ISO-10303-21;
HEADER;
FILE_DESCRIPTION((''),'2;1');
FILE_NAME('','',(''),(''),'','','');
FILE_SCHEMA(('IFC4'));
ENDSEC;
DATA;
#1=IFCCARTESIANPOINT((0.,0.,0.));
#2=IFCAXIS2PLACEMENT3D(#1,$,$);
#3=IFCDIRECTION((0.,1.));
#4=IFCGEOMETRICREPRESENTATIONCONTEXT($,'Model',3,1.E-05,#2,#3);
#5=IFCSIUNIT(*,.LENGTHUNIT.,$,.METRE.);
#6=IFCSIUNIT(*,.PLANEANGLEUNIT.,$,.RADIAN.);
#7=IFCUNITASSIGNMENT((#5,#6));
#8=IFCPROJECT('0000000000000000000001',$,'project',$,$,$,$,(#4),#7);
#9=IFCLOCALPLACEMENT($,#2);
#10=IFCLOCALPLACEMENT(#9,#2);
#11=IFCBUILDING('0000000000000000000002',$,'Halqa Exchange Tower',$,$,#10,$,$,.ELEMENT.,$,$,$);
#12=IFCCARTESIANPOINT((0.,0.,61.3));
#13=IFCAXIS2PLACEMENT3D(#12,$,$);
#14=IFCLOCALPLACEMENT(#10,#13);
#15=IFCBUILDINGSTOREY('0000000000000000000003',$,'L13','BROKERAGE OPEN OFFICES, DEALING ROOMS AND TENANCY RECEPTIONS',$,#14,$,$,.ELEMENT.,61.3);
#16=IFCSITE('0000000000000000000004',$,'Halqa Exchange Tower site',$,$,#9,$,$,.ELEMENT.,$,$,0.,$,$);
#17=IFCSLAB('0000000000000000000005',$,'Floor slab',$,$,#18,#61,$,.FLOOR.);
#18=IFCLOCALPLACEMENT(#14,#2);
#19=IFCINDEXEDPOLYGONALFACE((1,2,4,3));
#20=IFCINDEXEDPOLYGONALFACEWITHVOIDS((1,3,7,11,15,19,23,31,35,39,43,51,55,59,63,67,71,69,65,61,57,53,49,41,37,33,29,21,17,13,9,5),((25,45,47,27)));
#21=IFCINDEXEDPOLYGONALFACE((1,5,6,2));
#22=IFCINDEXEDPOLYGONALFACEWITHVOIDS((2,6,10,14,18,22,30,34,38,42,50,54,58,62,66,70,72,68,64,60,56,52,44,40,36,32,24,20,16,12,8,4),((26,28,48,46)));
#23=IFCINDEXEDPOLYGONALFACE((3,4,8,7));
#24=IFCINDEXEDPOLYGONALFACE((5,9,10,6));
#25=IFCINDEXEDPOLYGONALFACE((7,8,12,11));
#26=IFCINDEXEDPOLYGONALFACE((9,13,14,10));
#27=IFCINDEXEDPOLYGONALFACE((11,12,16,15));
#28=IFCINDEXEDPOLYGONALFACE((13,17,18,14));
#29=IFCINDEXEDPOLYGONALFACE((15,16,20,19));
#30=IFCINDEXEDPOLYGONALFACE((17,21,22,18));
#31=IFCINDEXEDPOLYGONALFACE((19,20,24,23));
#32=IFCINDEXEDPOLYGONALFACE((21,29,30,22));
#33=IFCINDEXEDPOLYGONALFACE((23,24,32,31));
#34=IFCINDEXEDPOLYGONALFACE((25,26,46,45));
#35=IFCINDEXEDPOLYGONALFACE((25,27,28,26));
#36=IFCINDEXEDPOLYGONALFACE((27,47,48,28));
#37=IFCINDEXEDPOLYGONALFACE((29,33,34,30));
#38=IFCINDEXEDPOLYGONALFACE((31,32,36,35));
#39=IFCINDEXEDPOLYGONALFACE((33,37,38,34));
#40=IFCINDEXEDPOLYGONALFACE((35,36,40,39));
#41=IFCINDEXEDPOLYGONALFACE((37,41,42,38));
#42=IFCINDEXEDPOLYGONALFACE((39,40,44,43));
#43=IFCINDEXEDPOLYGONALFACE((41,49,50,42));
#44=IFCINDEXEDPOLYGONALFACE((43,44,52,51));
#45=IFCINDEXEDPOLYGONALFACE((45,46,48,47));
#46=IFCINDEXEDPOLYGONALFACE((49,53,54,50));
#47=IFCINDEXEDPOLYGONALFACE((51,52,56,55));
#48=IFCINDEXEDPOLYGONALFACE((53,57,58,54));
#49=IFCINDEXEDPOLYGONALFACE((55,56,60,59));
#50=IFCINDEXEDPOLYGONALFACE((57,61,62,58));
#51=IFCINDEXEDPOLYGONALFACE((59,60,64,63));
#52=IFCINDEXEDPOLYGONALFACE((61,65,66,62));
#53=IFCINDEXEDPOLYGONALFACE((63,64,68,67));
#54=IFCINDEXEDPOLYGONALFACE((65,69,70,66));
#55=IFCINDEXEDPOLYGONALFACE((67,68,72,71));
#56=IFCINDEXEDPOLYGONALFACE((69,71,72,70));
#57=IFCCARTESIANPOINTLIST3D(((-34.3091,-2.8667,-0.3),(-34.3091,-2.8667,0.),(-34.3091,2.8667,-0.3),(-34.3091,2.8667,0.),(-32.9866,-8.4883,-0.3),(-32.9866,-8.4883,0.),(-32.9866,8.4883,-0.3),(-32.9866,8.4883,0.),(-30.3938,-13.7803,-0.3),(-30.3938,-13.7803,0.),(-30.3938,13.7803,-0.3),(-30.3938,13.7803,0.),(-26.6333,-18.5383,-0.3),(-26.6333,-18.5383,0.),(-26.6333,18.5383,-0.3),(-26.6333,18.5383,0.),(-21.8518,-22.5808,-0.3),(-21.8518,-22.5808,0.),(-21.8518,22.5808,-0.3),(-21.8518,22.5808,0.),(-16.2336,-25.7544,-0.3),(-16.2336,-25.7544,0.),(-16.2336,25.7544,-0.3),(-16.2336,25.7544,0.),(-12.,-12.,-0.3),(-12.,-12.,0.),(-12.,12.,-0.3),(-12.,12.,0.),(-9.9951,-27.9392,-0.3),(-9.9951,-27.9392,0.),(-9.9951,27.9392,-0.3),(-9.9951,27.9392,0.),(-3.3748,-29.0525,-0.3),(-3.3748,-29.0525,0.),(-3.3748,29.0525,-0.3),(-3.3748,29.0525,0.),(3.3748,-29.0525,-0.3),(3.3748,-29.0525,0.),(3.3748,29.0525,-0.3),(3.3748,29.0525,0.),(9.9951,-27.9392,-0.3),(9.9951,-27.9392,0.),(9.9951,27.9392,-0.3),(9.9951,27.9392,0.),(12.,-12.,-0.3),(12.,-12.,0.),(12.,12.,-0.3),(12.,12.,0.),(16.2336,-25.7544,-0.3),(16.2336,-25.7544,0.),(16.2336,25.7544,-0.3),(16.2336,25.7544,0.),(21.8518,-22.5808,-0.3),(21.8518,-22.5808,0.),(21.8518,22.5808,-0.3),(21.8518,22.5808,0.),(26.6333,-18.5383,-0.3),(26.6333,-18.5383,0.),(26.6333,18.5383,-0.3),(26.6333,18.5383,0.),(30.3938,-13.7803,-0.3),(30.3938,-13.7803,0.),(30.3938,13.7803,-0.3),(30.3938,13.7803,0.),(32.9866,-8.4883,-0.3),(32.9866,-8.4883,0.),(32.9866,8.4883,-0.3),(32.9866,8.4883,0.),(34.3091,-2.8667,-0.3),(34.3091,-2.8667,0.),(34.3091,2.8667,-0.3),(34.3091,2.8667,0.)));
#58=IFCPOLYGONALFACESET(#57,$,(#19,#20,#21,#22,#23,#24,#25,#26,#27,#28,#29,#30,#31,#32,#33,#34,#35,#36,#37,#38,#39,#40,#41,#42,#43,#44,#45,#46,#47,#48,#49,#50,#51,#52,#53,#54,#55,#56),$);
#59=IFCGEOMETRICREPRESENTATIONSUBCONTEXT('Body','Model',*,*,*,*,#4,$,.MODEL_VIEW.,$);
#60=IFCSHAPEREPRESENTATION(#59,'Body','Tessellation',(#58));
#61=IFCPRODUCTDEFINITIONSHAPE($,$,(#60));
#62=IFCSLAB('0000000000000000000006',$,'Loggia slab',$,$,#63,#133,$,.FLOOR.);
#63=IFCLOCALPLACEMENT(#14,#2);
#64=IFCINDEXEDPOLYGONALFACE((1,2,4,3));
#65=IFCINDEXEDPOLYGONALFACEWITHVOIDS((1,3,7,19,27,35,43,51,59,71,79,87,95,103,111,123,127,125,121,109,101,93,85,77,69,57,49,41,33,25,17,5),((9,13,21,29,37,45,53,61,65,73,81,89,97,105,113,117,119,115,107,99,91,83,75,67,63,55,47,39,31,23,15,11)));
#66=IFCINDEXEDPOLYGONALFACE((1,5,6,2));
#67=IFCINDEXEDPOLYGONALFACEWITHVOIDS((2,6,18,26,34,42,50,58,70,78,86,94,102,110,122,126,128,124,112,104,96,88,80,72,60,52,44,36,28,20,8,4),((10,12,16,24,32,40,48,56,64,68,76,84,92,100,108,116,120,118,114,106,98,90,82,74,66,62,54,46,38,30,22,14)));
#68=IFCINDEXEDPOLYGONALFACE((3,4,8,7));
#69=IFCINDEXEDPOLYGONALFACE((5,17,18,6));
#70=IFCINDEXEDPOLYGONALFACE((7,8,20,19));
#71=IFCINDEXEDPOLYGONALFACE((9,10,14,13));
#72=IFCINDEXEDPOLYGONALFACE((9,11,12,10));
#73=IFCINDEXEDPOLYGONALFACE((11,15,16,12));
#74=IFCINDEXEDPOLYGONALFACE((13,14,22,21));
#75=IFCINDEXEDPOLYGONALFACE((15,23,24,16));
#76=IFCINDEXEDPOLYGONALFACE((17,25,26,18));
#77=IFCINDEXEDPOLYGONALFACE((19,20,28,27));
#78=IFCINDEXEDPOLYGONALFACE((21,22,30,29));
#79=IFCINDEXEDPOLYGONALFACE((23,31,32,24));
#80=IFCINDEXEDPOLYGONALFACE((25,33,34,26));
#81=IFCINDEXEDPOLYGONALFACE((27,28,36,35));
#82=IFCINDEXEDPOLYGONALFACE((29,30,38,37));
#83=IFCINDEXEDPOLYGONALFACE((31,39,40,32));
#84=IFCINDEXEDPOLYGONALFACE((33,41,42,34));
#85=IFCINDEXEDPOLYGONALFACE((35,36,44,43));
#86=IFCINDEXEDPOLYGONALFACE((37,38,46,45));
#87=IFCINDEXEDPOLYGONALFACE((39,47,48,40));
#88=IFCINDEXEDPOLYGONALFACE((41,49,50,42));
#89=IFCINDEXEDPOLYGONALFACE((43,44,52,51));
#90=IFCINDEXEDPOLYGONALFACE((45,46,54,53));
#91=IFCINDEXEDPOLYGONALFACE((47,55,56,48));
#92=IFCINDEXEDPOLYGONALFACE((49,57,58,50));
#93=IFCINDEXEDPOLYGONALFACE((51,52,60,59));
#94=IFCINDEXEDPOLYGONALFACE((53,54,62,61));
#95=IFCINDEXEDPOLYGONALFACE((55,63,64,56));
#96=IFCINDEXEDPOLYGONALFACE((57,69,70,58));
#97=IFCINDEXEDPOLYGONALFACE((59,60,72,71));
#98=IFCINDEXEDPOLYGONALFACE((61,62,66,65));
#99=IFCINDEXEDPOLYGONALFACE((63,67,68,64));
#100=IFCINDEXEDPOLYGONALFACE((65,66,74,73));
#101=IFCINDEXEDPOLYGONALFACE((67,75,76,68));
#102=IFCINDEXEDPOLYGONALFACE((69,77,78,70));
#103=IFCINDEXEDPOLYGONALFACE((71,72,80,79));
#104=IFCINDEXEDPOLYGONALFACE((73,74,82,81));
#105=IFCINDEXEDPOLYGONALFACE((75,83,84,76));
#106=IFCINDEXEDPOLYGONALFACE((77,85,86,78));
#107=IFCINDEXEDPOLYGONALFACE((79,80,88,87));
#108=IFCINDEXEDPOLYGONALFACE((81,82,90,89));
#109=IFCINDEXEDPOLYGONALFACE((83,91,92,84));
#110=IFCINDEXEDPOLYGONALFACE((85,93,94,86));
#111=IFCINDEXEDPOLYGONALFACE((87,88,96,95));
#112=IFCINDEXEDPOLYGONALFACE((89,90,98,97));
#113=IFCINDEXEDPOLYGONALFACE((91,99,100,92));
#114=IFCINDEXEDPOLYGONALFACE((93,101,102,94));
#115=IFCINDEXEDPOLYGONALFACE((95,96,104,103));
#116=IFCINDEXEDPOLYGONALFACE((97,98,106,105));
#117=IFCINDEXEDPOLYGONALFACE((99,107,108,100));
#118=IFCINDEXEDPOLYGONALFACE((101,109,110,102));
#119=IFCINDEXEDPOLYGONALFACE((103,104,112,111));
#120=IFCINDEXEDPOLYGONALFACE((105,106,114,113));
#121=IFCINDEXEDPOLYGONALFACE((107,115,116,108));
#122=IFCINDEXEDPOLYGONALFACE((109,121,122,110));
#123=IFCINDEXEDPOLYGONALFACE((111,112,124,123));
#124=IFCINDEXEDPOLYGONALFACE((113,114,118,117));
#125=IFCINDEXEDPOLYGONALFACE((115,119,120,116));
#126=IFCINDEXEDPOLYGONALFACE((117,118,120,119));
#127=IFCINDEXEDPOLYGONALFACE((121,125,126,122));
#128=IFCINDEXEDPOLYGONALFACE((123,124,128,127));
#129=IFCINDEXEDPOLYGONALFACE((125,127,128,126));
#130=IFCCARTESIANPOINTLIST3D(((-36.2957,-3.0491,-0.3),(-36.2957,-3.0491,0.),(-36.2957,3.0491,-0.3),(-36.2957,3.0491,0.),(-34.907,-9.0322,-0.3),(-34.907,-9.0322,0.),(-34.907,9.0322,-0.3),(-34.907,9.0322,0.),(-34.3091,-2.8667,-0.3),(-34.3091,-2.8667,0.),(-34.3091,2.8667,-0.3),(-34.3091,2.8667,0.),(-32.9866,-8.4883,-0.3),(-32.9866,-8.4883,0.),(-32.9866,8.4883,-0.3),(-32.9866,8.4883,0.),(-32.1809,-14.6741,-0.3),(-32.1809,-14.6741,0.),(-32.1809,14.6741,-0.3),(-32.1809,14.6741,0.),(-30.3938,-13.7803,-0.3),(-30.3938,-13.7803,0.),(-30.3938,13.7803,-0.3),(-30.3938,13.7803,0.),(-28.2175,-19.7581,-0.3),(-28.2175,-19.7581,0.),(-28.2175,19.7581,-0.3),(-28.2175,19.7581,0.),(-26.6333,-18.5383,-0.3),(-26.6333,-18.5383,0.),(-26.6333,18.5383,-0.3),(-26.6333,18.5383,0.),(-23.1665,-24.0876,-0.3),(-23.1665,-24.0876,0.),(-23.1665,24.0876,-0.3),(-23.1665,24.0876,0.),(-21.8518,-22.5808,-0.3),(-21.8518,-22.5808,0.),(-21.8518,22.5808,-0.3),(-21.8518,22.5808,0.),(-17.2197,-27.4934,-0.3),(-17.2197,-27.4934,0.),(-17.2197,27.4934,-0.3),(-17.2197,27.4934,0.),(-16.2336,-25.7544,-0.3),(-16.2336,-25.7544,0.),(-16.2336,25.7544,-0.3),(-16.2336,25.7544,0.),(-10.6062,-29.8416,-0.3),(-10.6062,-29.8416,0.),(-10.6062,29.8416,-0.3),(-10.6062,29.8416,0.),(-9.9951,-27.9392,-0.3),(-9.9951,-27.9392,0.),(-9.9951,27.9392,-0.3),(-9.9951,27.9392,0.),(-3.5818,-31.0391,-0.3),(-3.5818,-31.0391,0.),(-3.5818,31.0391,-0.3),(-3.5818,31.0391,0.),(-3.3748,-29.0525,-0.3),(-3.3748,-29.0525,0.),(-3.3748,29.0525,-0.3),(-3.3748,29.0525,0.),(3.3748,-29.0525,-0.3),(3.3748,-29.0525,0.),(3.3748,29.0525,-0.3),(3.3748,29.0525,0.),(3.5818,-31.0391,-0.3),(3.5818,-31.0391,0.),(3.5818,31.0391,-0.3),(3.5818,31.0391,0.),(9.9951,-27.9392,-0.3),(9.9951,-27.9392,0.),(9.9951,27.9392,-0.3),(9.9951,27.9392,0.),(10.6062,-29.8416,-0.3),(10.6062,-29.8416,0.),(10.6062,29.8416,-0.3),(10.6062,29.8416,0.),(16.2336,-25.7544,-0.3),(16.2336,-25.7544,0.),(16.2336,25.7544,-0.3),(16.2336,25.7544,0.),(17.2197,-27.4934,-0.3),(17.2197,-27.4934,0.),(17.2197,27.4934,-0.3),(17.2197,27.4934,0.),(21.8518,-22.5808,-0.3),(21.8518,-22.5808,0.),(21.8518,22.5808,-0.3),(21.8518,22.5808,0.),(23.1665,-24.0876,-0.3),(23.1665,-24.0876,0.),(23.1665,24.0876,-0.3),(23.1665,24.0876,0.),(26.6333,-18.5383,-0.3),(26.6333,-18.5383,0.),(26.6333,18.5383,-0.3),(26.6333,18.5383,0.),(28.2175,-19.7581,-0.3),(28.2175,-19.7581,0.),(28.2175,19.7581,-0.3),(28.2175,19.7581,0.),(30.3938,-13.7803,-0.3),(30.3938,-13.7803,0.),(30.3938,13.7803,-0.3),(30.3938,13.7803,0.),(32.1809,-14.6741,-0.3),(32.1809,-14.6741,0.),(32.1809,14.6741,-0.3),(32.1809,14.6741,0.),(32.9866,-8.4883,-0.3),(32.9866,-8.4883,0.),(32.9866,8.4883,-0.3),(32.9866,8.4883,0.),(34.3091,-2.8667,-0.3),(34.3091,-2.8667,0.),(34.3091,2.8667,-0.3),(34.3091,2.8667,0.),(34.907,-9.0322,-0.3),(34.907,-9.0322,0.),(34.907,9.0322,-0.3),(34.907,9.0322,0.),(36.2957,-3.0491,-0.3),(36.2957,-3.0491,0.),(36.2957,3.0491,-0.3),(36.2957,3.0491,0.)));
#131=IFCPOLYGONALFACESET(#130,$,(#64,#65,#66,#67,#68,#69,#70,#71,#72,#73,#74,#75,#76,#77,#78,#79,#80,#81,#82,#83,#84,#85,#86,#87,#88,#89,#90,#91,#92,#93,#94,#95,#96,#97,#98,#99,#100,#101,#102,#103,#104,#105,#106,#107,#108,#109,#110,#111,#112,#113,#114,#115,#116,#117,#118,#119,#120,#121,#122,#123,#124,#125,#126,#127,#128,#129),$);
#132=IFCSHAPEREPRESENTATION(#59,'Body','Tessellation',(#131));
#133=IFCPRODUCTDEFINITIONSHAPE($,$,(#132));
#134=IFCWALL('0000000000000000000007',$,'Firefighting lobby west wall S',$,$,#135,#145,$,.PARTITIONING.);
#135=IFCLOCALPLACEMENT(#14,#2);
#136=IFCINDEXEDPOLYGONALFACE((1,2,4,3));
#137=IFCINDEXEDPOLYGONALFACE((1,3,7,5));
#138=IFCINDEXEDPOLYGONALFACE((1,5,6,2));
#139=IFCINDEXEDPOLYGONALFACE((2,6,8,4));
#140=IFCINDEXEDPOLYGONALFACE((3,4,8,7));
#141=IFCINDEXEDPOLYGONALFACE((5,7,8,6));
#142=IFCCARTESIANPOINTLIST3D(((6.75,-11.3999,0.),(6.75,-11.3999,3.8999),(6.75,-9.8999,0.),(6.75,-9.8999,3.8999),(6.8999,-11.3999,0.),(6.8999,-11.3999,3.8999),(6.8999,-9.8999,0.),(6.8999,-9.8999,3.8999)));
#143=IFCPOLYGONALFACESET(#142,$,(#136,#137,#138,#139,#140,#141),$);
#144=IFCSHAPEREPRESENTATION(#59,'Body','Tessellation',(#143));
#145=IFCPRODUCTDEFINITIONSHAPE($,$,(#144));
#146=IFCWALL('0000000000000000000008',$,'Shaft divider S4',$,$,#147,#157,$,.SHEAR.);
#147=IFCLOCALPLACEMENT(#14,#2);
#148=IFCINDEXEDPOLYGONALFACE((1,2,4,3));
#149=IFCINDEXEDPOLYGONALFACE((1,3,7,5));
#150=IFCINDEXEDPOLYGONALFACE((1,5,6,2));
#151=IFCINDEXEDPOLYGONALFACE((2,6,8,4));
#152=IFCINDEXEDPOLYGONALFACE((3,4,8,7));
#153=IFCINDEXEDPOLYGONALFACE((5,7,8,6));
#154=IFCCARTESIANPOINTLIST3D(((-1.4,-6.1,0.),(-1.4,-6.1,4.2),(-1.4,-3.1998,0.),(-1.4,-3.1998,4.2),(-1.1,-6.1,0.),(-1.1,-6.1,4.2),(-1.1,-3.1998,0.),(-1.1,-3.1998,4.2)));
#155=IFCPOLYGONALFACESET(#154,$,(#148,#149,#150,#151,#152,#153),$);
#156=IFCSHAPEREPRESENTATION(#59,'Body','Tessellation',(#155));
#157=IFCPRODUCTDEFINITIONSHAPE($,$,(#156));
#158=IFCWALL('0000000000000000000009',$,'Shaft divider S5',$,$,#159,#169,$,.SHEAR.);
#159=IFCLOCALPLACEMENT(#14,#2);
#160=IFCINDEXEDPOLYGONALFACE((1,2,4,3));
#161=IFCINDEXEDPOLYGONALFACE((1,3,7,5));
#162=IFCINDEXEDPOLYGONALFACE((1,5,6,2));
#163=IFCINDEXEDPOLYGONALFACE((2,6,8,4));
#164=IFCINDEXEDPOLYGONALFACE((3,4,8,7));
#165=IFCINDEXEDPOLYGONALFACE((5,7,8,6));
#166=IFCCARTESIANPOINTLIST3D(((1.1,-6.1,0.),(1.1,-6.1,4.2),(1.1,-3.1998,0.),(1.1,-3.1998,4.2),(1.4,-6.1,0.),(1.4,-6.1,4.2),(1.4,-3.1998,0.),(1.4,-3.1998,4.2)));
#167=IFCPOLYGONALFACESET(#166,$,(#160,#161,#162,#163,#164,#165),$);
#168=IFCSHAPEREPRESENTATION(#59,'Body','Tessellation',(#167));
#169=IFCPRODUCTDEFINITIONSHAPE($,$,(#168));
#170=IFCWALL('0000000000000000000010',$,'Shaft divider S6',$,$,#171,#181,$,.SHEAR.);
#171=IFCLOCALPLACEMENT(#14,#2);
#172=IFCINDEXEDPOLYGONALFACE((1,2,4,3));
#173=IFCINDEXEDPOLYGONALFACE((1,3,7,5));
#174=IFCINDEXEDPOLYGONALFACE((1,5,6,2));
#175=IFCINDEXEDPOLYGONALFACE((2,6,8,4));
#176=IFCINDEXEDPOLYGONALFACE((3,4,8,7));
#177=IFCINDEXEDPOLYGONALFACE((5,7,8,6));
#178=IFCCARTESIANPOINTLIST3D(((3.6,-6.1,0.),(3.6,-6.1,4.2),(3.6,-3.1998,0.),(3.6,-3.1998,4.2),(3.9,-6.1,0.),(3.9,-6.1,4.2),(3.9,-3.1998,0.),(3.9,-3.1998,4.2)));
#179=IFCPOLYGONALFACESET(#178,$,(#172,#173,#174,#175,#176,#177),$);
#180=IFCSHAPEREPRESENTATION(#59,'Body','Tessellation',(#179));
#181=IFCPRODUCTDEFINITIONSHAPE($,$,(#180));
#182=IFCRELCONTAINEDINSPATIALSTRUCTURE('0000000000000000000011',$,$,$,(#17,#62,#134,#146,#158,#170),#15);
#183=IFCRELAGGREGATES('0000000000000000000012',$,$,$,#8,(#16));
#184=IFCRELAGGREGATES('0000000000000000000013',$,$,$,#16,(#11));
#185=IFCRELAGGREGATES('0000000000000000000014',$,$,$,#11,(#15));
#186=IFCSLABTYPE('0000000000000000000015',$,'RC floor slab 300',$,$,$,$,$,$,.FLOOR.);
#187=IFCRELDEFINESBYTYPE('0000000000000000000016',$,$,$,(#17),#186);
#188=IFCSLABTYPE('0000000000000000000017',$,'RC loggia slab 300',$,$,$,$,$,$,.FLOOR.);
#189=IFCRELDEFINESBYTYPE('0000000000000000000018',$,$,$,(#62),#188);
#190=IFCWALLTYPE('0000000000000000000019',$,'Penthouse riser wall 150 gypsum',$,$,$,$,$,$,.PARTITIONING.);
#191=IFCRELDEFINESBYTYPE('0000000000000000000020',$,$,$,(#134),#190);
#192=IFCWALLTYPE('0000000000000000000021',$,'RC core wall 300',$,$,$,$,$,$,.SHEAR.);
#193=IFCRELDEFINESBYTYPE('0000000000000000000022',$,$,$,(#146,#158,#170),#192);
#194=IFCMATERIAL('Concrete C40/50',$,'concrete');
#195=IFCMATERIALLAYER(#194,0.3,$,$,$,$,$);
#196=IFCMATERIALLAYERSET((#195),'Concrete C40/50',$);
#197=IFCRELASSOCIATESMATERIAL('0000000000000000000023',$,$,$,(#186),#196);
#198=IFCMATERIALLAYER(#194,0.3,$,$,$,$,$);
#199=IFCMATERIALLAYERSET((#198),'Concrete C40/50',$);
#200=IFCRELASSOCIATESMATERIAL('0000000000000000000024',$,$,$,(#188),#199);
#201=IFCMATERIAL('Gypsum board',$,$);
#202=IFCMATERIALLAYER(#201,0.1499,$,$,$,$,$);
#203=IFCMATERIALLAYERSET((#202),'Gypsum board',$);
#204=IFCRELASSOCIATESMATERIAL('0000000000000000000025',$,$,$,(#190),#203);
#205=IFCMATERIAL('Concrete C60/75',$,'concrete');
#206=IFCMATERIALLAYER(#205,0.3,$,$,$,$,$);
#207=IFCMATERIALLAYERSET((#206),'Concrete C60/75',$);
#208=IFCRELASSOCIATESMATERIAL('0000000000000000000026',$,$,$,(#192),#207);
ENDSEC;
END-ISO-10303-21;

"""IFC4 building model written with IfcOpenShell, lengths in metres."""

from ifc_helpers import new_model, si_unit, direction, frame, frame_2d, origin, place, context, subcontext, project, spatial, polyline, rectangle, outline, extrude, material, layer, layer_set, type_object, element, save


model = new_model("IFC4")

# Units and contexts
model_context = context("Model", 3, precision=1e-05, world=origin(), true_north=direction((0.0, 1.0)))
body_context = subcontext(model_context, "Body", "Model", "MODEL_VIEW")
ifc_project = project(units=[si_unit("LENGTHUNIT", "METRE"), si_unit("PLANEANGLEUNIT", "RADIAN")], contexts=[model_context])

# Site, building, storey
site_placement = place(None, origin())
site = spatial("IfcSite", under=ifc_project, at=site_placement, Name="Halqa Exchange Tower site", CompositionType="ELEMENT", RefElevation=0.0)
building_placement = place(site_placement, origin())
building = spatial("IfcBuilding", under=site, at=building_placement, Name="Halqa Exchange Tower", CompositionType="ELEMENT")
storey_placement = place(building_placement, frame((0.0, 0.0, 61.3)))
storey = spatial("IfcBuildingStorey", under=building, at=storey_placement, Name="L13", Description="BROKERAGE OPEN OFFICES, DEALING ROOMS AND TENANCY RECEPTIONS", CompositionType="ELEMENT", Elevation=61.3)

# Shared definitions
ifc_material_1 = material(Name="Concrete C60/75", Category="concrete")

# Slabs
ifc_material_2 = material(Name="Concrete C40/50", Category="concrete")
ifc_layer_1 = layer(ifc_material_2, 0.3)
ifc_layer_set_1 = layer_set([ifc_layer_1], Name="Concrete C40/50")
slab_type_1 = type_object("IfcSlabType", Name="RC floor slab 300", PredefinedType="FLOOR", material=ifc_layer_set_1)
slab_1_placement = place(storey_placement, frame((0.0, 0.0, -0.3)))
element("IfcSlab", 1, at=slab_1_placement, inside=storey, type_object=slab_type_1, Name="Floor slab", PredefinedType="FLOOR", context=body_context, shape_type="SweptSolid", body=[
    extrude(outline(polyline([(34.3091, 2.8667), (32.9866, 8.4883), (30.3938, 13.7803), (26.6333, 18.5383), (21.8518, 22.5808), (16.2336, 25.7544), (9.9951, 27.9392), (3.3748, 29.0525), (-3.3748, 29.0525), (-9.9951, 27.9392), (-16.2336, 25.7544), (-21.8518, 22.5808), (-26.6333, 18.5383), (-30.3938, 13.7803), (-32.9866, 8.4883), (-34.3091, 2.8667), (-34.3091, -2.8667), (-32.9866, -8.4883), (-30.3938, -13.7803), (-26.6333, -18.5383), (-21.8518, -22.5808), (-16.2336, -25.7544), (-9.9951, -27.9392), (-3.3748, -29.0525), (3.3748, -29.0525), (9.9951, -27.9392), (16.2336, -25.7544), (21.8518, -22.5808), (26.6333, -18.5383), (30.3938, -13.7803), (32.9866, -8.4883), (34.3091, -2.8667), (34.3091, 2.8667)]), holes=[polyline([(-12.0, -12.0), (12.0, -12.0), (12.0, 12.0), (-12.0, 12.0), (-12.0, -12.0)])]), origin(), (0.0, 0.0, 1.0), 0.3),
])
ifc_layer_2 = layer(ifc_material_2, 0.3)
ifc_layer_set_2 = layer_set([ifc_layer_2], Name="Concrete C40/50")
slab_type_2 = type_object("IfcSlabType", Name="RC loggia slab 300", PredefinedType="FLOOR", material=ifc_layer_set_2)
slab_2_placement = place(storey_placement, frame((0.0, 0.0, -0.3)))
element("IfcSlab", 2, at=slab_2_placement, inside=storey, type_object=slab_type_2, Name="Loggia slab", PredefinedType="FLOOR", context=body_context, shape_type="SweptSolid", body=[
    extrude(outline(polyline([(36.2957, 3.0491), (36.2957, -3.0491), (34.907, -9.0322), (32.1809, -14.6741), (28.2175, -19.7581), (23.1665, -24.0876), (17.2197, -27.4934), (10.6062, -29.8416), (3.5818, -31.0391), (-3.5818, -31.0391), (-10.6062, -29.8416), (-17.2197, -27.4934), (-23.1665, -24.0876), (-28.2175, -19.7581), (-32.1809, -14.6741), (-34.907, -9.0322), (-36.2957, -3.0491), (-36.2957, 3.0491), (-34.907, 9.0322), (-32.1809, 14.6741), (-28.2175, 19.7581), (-23.1665, 24.0876), (-17.2197, 27.4934), (-10.6062, 29.8416), (-3.5818, 31.0391), (3.5818, 31.0391), (10.6062, 29.8416), (17.2197, 27.4934), (23.1665, 24.0876), (28.2175, 19.7581), (32.1809, 14.6741), (34.907, 9.0322), (36.2957, 3.0491)]), holes=[polyline([(34.3091, 2.8667), (32.9866, 8.4883), (30.3938, 13.7803), (26.6333, 18.5383), (21.8518, 22.5808), (16.2336, 25.7544), (9.9951, 27.9392), (3.3748, 29.0525), (-3.3748, 29.0525), (-9.9951, 27.9392), (-16.2336, 25.7544), (-21.8518, 22.5808), (-26.6333, 18.5383), (-30.3938, 13.7803), (-32.9866, 8.4883), (-34.3091, 2.8667), (-34.3091, -2.8667), (-32.9866, -8.4883), (-30.3938, -13.7803), (-26.6333, -18.5383), (-21.8518, -22.5808), (-16.2336, -25.7544), (-9.9951, -27.9392), (-3.3748, -29.0525), (3.3748, -29.0525), (9.9951, -27.9392), (16.2336, -25.7544), (21.8518, -22.5808), (26.6333, -18.5383), (30.3938, -13.7803), (32.9866, -8.4883), (34.3091, -2.8667), (34.3091, 2.8667)])]), origin(), (0.0, 0.0, 1.0), 0.3),
])

# Walls
ifc_material_3 = material(Name="Gypsum board")
ifc_layer_3 = layer(ifc_material_3, 0.1499)
ifc_layer_set_3 = layer_set([ifc_layer_3], Name="Gypsum board")
wall_type_1 = type_object("IfcWallType", Name="Penthouse riser wall 150 gypsum", PredefinedType="PARTITIONING", material=ifc_layer_set_3)
wall_1_placement = place(storey_placement, frame((6.825, -11.3999, 0.0), z_axis=(0.0, 0.0, 1.0), x_axis=(0.0, 1.0, 0.0)))
element("IfcWall", 3, at=wall_1_placement, inside=storey, type_object=wall_type_1, Name="Firefighting lobby west wall S", PredefinedType="PARTITIONING", context=body_context, shape_type="SweptSolid", body=[
    extrude(rectangle(XDim=1.5, YDim=0.1499, at=frame_2d((0.75, 0.0))), origin(), (0.0, 0.0, 1.0), 3.8999),
])
ifc_layer_4 = layer(ifc_material_1, 0.3)
ifc_layer_set_4 = layer_set([ifc_layer_4], Name="Concrete C60/75")
wall_type_2 = type_object("IfcWallType", Name="RC core wall 300", PredefinedType="SHEAR", material=ifc_layer_set_4)
for number, where, z_axis, x_axis, name in (
    (4, (-1.25, -6.1001, 0.0), (0.0, 0.0, 1.0), (0.0, 1.0, 0.0), "Shaft divider S4"),
    (5, (1.25, -6.1001, 0.0), (0.0, 0.0, 1.0), (0.0, 1.0, 0.0), "Shaft divider S5"),
    (6, (3.75, -6.1001, 0.0), (0.0, 0.0, 1.0), (0.0, 1.0, 0.0), "Shaft divider S6"),
):
    element("IfcWall", number, at=place(storey_placement, frame(where, z_axis=z_axis, x_axis=x_axis)), inside=storey, type_object=wall_type_2, Name=name, PredefinedType="SHEAR", context=body_context, shape_type="SweptSolid", body=[
        extrude(rectangle(XDim=2.9001, YDim=0.3, at=frame_2d((1.4502, 0.0))), origin(), (0.0, 0.0, 1.0), 4.2),
    ])

save(model, "model.ifc")
